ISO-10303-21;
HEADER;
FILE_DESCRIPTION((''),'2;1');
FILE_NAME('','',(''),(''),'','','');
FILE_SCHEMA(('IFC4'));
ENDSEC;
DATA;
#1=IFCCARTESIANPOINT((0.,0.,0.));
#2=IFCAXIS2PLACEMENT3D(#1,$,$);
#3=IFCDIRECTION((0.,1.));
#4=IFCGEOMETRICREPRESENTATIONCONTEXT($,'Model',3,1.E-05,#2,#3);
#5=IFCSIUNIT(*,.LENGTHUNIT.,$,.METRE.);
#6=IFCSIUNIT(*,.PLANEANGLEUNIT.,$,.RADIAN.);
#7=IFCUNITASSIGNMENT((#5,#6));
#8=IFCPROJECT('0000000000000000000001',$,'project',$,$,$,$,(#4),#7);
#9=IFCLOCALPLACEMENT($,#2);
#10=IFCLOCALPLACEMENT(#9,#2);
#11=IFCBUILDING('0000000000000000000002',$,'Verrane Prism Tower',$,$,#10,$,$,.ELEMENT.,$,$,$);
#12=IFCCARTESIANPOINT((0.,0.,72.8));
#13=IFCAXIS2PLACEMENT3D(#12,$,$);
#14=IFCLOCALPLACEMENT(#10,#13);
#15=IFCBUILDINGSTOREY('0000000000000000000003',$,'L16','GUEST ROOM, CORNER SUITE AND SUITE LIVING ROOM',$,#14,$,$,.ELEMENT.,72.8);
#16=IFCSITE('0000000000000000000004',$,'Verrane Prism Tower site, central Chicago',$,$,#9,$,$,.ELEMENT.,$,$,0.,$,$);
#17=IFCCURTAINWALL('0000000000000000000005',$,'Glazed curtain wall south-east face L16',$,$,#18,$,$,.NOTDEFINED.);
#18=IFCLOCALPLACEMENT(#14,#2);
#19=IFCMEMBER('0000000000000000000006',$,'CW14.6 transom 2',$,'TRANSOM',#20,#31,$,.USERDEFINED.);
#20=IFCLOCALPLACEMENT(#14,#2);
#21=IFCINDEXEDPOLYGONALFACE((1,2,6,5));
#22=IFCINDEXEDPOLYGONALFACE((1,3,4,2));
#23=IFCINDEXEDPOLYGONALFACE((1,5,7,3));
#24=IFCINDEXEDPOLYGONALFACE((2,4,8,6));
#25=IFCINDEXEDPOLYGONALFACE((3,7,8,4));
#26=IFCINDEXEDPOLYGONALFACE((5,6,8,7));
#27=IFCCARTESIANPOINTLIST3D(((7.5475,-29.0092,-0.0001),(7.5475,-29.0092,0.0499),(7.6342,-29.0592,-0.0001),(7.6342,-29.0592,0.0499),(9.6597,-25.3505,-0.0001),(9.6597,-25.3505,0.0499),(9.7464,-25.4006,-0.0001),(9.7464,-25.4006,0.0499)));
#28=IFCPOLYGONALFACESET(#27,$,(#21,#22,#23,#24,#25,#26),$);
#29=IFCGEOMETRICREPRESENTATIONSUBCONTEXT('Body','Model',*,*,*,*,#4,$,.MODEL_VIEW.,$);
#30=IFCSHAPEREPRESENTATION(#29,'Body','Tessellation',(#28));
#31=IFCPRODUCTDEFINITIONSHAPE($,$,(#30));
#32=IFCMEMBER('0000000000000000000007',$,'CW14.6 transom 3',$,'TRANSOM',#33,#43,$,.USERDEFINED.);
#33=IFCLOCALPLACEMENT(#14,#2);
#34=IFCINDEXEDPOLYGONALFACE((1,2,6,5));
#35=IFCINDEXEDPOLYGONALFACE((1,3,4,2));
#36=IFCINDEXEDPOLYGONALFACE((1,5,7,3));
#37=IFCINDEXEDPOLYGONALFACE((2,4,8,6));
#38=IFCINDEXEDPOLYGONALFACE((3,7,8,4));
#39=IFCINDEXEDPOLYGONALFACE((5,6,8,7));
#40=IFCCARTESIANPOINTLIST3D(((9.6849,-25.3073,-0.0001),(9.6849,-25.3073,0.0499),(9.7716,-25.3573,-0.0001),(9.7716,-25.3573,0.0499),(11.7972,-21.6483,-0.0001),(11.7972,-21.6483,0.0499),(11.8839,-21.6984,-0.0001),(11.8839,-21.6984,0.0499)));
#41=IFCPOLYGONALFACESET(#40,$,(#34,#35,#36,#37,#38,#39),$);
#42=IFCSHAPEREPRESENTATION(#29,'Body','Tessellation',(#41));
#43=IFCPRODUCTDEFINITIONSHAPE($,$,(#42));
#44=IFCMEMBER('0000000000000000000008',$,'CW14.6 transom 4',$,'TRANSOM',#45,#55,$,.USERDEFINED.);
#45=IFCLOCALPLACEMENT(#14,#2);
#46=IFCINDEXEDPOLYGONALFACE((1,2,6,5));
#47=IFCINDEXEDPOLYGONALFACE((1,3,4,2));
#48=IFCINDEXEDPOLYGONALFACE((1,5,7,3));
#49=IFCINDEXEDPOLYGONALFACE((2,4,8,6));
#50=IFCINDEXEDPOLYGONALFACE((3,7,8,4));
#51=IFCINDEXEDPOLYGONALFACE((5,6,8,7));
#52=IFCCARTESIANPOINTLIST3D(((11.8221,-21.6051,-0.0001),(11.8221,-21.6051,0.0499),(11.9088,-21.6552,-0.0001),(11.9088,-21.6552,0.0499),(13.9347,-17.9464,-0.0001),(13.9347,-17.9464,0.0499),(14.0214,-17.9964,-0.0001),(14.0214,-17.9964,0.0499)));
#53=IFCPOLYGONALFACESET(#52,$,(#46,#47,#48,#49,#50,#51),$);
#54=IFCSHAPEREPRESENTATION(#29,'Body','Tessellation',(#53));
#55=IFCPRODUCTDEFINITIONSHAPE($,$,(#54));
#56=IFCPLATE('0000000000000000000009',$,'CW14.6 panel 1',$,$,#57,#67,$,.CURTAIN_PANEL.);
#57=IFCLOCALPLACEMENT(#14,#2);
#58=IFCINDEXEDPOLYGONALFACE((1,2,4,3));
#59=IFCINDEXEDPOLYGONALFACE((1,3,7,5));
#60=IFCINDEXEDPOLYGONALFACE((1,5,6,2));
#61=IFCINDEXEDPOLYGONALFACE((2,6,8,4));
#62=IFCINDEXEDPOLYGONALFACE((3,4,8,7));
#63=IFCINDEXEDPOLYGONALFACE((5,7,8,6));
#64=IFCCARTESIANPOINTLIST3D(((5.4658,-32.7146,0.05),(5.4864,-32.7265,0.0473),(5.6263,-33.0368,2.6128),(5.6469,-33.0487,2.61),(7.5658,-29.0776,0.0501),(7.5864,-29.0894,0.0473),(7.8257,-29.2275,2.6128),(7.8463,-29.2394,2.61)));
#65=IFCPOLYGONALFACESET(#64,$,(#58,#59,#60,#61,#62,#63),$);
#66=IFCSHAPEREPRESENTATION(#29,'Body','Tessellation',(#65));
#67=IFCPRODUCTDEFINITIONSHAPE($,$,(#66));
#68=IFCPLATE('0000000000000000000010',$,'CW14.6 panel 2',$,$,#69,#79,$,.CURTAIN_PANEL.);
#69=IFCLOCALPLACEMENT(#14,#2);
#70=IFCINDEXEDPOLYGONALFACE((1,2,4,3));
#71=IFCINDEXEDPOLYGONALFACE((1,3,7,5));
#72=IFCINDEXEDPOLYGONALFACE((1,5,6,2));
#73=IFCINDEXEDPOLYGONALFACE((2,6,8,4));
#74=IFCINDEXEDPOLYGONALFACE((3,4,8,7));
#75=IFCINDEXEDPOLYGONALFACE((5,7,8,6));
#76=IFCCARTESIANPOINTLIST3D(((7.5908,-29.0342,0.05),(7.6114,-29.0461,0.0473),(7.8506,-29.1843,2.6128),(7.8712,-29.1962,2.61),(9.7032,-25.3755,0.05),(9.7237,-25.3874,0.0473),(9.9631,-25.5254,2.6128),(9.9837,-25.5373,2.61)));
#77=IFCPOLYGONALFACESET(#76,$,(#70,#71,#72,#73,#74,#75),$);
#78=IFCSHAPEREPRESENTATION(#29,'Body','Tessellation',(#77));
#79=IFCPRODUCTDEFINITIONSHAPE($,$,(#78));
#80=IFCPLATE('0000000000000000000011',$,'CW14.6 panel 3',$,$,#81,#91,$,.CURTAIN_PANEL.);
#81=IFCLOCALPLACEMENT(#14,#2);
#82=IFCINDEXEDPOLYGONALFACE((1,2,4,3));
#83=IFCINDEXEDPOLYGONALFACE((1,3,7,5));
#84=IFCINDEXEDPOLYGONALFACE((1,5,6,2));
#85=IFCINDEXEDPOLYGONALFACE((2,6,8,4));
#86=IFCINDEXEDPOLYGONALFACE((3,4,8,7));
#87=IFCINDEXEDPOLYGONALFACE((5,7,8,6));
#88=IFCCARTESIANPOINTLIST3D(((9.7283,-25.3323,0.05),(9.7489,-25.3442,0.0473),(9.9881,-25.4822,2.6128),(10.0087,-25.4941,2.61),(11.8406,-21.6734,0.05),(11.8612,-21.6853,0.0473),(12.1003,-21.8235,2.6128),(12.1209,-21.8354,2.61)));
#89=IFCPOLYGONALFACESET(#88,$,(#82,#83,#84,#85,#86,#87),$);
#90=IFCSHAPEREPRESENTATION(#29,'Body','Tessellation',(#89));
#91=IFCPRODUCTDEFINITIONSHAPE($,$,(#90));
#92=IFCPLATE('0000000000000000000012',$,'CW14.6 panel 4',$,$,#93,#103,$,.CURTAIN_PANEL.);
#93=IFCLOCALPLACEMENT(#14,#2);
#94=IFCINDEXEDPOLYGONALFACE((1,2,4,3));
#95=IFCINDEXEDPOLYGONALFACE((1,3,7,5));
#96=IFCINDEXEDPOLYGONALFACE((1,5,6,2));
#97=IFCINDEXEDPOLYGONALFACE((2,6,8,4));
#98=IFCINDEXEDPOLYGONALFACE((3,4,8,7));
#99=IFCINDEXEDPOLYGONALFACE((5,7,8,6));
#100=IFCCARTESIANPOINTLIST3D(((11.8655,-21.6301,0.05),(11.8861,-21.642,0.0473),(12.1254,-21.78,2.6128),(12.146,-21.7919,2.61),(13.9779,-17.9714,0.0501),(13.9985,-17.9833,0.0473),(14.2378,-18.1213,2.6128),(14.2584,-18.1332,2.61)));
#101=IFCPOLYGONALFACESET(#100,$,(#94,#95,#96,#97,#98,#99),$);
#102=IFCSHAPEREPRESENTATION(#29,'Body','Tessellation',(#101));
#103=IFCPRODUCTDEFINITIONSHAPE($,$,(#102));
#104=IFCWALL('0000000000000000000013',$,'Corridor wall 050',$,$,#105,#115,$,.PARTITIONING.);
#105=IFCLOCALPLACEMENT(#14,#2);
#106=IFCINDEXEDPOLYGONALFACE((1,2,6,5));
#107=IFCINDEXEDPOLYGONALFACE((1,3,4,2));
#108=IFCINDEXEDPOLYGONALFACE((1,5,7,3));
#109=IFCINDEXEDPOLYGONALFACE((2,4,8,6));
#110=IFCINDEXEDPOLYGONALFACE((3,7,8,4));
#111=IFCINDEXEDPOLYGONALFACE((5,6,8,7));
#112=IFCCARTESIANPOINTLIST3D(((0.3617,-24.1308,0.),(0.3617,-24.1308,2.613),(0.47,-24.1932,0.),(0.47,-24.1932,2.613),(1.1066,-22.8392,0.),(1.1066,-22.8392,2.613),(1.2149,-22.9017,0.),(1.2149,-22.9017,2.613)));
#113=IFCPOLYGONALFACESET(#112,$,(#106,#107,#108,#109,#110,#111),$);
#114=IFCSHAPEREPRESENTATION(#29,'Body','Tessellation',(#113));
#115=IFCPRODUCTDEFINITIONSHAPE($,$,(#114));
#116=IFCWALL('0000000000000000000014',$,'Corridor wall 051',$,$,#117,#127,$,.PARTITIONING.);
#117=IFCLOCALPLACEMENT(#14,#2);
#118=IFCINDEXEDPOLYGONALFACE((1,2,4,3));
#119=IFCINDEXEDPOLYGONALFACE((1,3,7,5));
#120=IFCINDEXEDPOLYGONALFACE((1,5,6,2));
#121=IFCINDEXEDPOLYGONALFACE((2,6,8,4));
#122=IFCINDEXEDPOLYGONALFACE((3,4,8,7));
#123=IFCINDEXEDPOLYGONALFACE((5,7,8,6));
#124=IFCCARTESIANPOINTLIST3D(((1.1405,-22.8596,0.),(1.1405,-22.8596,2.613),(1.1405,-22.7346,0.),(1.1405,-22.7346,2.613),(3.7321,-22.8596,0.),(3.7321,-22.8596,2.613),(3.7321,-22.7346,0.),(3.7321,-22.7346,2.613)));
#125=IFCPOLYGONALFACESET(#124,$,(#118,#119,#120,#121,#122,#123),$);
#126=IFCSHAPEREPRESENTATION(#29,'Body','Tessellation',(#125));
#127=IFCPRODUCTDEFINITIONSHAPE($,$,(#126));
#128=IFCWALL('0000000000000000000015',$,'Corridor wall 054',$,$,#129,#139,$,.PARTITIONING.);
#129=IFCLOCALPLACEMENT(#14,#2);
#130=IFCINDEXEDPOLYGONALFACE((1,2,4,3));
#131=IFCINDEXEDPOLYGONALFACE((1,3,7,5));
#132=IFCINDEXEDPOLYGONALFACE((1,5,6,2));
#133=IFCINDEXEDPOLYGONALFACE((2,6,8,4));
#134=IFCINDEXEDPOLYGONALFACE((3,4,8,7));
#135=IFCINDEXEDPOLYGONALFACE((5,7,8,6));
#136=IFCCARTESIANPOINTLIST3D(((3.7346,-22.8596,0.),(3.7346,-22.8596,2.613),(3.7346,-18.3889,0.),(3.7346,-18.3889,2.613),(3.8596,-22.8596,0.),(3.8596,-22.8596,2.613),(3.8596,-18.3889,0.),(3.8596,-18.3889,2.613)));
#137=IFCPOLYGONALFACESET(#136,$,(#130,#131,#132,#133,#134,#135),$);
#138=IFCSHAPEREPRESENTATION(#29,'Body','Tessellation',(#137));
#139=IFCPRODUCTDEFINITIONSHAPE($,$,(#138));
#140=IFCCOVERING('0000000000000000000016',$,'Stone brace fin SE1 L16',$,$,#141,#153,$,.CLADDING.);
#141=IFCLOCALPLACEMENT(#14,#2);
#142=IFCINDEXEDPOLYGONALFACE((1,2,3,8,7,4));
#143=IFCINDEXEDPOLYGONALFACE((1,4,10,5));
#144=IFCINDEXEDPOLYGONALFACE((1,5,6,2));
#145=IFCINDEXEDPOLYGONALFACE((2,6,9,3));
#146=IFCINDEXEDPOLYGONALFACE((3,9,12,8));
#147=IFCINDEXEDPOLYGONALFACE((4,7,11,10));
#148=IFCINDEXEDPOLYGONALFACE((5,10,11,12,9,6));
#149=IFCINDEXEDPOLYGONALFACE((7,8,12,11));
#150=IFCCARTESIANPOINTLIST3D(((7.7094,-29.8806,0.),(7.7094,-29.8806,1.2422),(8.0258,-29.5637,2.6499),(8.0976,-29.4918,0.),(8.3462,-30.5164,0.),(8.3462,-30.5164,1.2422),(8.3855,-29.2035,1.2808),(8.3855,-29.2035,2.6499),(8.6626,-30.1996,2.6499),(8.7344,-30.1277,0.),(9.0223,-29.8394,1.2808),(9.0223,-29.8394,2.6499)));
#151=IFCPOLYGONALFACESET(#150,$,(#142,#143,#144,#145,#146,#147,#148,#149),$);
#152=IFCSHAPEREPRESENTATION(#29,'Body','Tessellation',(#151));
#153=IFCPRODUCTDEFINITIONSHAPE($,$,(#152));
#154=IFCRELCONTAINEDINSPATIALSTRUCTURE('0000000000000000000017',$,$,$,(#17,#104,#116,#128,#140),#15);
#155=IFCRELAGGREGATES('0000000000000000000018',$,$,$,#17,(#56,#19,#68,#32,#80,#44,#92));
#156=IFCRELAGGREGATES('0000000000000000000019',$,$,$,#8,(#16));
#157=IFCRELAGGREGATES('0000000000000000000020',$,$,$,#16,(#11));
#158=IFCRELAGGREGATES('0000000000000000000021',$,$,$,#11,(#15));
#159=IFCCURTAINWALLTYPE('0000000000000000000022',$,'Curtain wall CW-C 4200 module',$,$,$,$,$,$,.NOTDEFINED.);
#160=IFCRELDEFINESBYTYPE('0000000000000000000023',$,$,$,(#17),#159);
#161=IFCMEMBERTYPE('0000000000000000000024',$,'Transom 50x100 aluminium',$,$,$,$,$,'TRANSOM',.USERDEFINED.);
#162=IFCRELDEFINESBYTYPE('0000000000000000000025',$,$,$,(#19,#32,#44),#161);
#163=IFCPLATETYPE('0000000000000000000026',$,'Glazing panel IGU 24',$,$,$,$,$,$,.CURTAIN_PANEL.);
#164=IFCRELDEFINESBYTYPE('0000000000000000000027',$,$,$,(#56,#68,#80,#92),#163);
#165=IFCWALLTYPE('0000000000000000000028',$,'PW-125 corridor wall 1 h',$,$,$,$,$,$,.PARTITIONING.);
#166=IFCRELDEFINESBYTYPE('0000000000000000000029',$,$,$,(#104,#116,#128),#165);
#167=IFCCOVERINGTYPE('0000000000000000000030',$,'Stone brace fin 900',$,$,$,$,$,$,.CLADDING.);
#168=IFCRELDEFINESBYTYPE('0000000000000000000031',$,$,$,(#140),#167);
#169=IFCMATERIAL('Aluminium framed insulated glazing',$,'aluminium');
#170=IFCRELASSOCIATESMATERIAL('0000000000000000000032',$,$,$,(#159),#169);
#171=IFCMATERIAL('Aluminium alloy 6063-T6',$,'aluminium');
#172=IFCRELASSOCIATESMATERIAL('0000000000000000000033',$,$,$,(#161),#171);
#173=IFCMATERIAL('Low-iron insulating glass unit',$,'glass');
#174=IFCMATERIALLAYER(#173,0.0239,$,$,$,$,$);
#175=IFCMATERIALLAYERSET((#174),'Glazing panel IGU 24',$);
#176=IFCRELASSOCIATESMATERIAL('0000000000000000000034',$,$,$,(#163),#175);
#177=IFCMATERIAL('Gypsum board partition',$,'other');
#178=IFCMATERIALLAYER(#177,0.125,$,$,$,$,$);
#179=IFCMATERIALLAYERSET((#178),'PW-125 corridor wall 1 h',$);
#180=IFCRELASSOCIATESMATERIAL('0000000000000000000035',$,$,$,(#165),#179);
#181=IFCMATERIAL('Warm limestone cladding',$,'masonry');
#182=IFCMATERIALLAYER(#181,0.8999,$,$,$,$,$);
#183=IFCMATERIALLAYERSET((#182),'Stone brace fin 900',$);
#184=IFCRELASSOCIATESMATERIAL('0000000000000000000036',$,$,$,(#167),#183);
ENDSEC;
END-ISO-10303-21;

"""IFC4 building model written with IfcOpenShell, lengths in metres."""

from ifc_helpers import new_model, si_unit, direction, frame, frame_2d, origin, origin_2d, place, context, subcontext, project, spatial, polyline, rectangle, outline, extrude, material, layer, layer_set, material_profile, profile_set, type_object, element, aggregate, save


model = new_model("IFC4")

# Units and contexts
model_context = context("Model", 3, precision=1e-05, world=origin(), true_north=direction((0.0, 1.0)))
body_context = subcontext(model_context, "Body", "Model", "MODEL_VIEW")
ifc_project = project(units=[si_unit("LENGTHUNIT", "METRE"), si_unit("PLANEANGLEUNIT", "RADIAN")], contexts=[model_context])

# Site, building, storey
site_placement = place(None, origin())
site = spatial("IfcSite", under=ifc_project, at=site_placement, Name="Verrane Prism Tower site, central Chicago", CompositionType="ELEMENT", RefElevation=0.0)
building_placement = place(site_placement, origin())
building = spatial("IfcBuilding", under=site, at=building_placement, Name="Verrane Prism Tower", CompositionType="ELEMENT")
storey_placement = place(building_placement, frame((0.0, 0.0, 72.8)))
storey = spatial("IfcBuildingStorey", under=building, at=storey_placement, Name="L16", Description="GUEST ROOM, CORNER SUITE AND SUITE LIVING ROOM", CompositionType="ELEMENT", Elevation=72.8)

# Curtain wall
ifc_material_1 = material(Name="Aluminium framed insulated glazing", Category="aluminium")
curtain_wall_type = type_object("IfcCurtainWallType", Name="Curtain wall CW-C 4200 module", PredefinedType="NOTDEFINED", material=ifc_material_1)
curtain_wall_placement = place(storey_placement, origin())
curtain_wall = element("IfcCurtainWall", 1, at=curtain_wall_placement, inside=storey, type_object=curtain_wall_type, Name="Glazed curtain wall south-east face L16", PredefinedType="NOTDEFINED")

# Members
ifc_material_2 = material(Name="Aluminium alloy 6063-T6", Category="aluminium")
ifc_material_profile_1 = material_profile(ifc_material_2, rectangle(XDim=0.1001, YDim=0.05, at=origin_2d()), Name="Transom 50x100 aluminium")
ifc_profile_set_1 = profile_set([ifc_material_profile_1], Name="Aluminium alloy 6063-T6")
member_type_1 = type_object("IfcMemberType", Name="Transom 50x100 aluminium", ElementType="TRANSOM", PredefinedType="USERDEFINED", material=ifc_profile_set_1)
member_1_placement = place(storey_placement, frame((7.5908, -29.0342, 0.0249), z_axis=(0.499993, 0.86603, 0.0), x_axis=(-0.86603, 0.499993, 0.0)))
member_1 = element("IfcMember", 2, at=member_1_placement, type_object=member_type_1, Name="CW14.6 transom 2", ObjectType="TRANSOM", PredefinedType="USERDEFINED", context=body_context, shape_type="SweptSolid", body=[
    extrude(rectangle(XDim=0.1001, YDim=0.05, at=origin_2d()), origin(), (0.0, 0.0, 1.0), 4.2246),
])
member_2_placement = place(storey_placement, frame((9.7283, -25.3323, 0.0249), z_axis=(0.499968, 0.866044, 0.0), x_axis=(-0.866044, 0.499968, 0.0)))
member_2 = element("IfcMember", 3, at=member_2_placement, type_object=member_type_1, Name="CW14.6 transom 3", ObjectType="TRANSOM", PredefinedType="USERDEFINED", context=body_context, shape_type="SweptSolid", body=[
    extrude(rectangle(XDim=0.1001, YDim=0.05, at=origin_2d()), origin(), (0.0, 0.0, 1.0), 4.2249),
])
member_3_placement = place(storey_placement, frame((11.8655, -21.6301, 0.0249), z_axis=(0.500036, 0.866005, 0.0), x_axis=(-0.866005, 0.500036, 0.0)))
member_3 = element("IfcMember", 4, at=member_3_placement, type_object=member_type_1, Name="CW14.6 transom 4", ObjectType="TRANSOM", PredefinedType="USERDEFINED", context=body_context, shape_type="SweptSolid", body=[
    extrude(rectangle(XDim=0.1001, YDim=0.05, at=origin_2d()), origin(), (0.0, 0.0, 1.0), 4.2249),
])

# Plates
ifc_material_3 = material(Name="Low-iron insulating glass unit", Category="glass")
ifc_layer_1 = layer(ifc_material_3, 0.0239)
ifc_layer_set_1 = layer_set([ifc_layer_1], Name="Glazing panel IGU 24")
plate_type = type_object("IfcPlateType", Name="Glazing panel IGU 24", PredefinedType="CURTAIN_PANEL", material=ifc_layer_set_1)
plate_1_placement = place(storey_placement, frame((5.4658, -32.7146, 0.05), z_axis=(-0.860139, 0.496624, 0.116301), x_axis=(0.500018, 0.866015, 0.000005)))
plate_1 = element("IfcPlate", 5, at=plate_1_placement, type_object=plate_type, Name="CW14.6 panel 1", PredefinedType="CURTAIN_PANEL", context=body_context, shape_type="SweptSolid", body=[
    extrude(outline(polyline([(0.0, 0.0), (4.1998, 0.0), (4.1998, -2.5802), (-0.1987, -2.5803), (0.0, 0.0)])), origin(), (0.0, 0.0, -1.0), 0.0239),
])
plate_2_placement = place(storey_placement, frame((7.5908, -29.0342, 0.05), z_axis=(-0.860148, 0.496609, 0.116299), x_axis=(0.500002, 0.866024, -0.000001)))
plate_2 = element("IfcPlate", 6, at=plate_2_placement, type_object=plate_type, Name="CW14.6 panel 2", PredefinedType="CURTAIN_PANEL", context=body_context, shape_type="SweptSolid", body=[
    extrude(outline(polyline([(0.0, 0.0), (4.2247, 0.0), (4.2249, -2.5803), (-0.0002, -2.5802), (0.0, 0.0)])), origin(), (0.0, 0.0, -1.0), 0.0239),
])
plate_3_placement = place(storey_placement, frame((9.7283, -25.3323, 0.05), z_axis=(-0.860164, 0.49659, 0.116259), x_axis=(0.49998, 0.866037, -0.000002)))
plate_3 = element("IfcPlate", 7, at=plate_3_placement, type_object=plate_type, Name="CW14.6 panel 3", PredefinedType="CURTAIN_PANEL", context=body_context, shape_type="SweptSolid", body=[
    extrude(outline(polyline([(0.0, 0.0), (4.2249, 0.0), (4.2247, -2.5802), (0.0001, -2.5802), (0.0, 0.0)])), origin(), (0.0, 0.0, -1.0), 0.0239),
])
plate_4_placement = place(storey_placement, frame((11.8655, -21.6301, 0.05), z_axis=(-0.860143, 0.496623, 0.116276), x_axis=(0.500015, 0.866017, 0.000003)))
plate_4 = element("IfcPlate", 8, at=plate_4_placement, type_object=plate_type, Name="CW14.6 panel 4", PredefinedType="CURTAIN_PANEL", context=body_context, shape_type="SweptSolid", body=[
    extrude(outline(polyline([(0.0, 0.0), (4.2248, 0.0), (4.2249, -2.5802), (0.0002, -2.5803), (0.0, 0.0)])), origin(), (0.0, 0.0, -1.0), 0.0239),
])
aggregate(curtain_wall, [plate_1, member_1, plate_2, member_2, plate_3, member_3, plate_4])

# Walls
ifc_material_4 = material(Name="Gypsum board partition", Category="other")
ifc_layer_2 = layer(ifc_material_4, 0.125)
ifc_layer_set_2 = layer_set([ifc_layer_2], Name="PW-125 corridor wall 1 h")
wall_type = type_object("IfcWallType", Name="PW-125 corridor wall 1 h", PredefinedType="PARTITIONING", material=ifc_layer_set_2)
wall_1_placement = place(storey_placement, frame((0.4158, -24.1621, 0.0), z_axis=(0.0, 0.0, 1.0), x_axis=(0.499609, 0.866251, 0.0)))
element("IfcWall", 9, at=wall_1_placement, inside=storey, type_object=wall_type, Name="Corridor wall 050", PredefinedType="PARTITIONING", context=body_context, shape_type="SweptSolid", body=[
    extrude(rectangle(XDim=1.491, YDim=0.125, at=frame_2d((0.7456, 0.0))), origin(), (0.0, 0.0, 1.0), 2.613),
])
wall_2_placement = place(storey_placement, frame((1.1404, -22.7971, 0.0), z_axis=(0.0, 0.0, 1.0), x_axis=(1.0, 0.0, 0.0)))
element("IfcWall", 10, at=wall_2_placement, inside=storey, type_object=wall_type, Name="Corridor wall 051", PredefinedType="PARTITIONING", context=body_context, shape_type="SweptSolid", body=[
    extrude(rectangle(XDim=2.5916, YDim=0.125, at=frame_2d((1.2959, 0.0))), origin(), (0.0, 0.0, 1.0), 2.613),
])
wall_3_placement = place(storey_placement, frame((3.7971, -22.8596, 0.0), z_axis=(0.0, 0.0, 1.0), x_axis=(0.0, 1.0, 0.0)))
element("IfcWall", 11, at=wall_3_placement, inside=storey, type_object=wall_type, Name="Corridor wall 054", PredefinedType="PARTITIONING", context=body_context, shape_type="SweptSolid", body=[
    extrude(rectangle(XDim=4.4707, YDim=0.125, at=frame_2d((2.2354, 0.0))), origin(), (0.0, 0.0, 1.0), 2.613),
])

# Covering
ifc_material_5 = material(Name="Warm limestone cladding", Category="masonry")
ifc_layer_3 = layer(ifc_material_5, 0.8999)
ifc_layer_set_3 = layer_set([ifc_layer_3], Name="Stone brace fin 900")
covering_type = type_object("IfcCoveringType", Name="Stone brace fin 900", PredefinedType="CLADDING", material=ifc_layer_set_3)
covering_placement = place(storey_placement, frame((8.0278, -30.1985, 0.0), z_axis=(0.0, 0.0, 1.0), x_axis=(0.706596, 0.707617, 0.0)))
element("IfcCovering", 12, at=covering_placement, inside=storey, type_object=covering_type, Name="Stone brace fin SE1 L16", PredefinedType="CLADDING", context=body_context, shape_type="SweptSolid", body=[
    extrude(outline(polyline([(0.9568, 2.6499), (0.4478, 2.6499), (0.0, 1.2422), (0.0, 0.0), (0.5493, 0.0), (0.9568, 1.2808), (0.9568, 2.6499)])), frame((0.0, 0.45, 0.0), z_axis=(0.0, -1.0, 0.0), x_axis=(1.0, 0.0, 0.0)), (0.0, 0.0, 1.0), 0.8999),
])

save(model, "model.ifc")
